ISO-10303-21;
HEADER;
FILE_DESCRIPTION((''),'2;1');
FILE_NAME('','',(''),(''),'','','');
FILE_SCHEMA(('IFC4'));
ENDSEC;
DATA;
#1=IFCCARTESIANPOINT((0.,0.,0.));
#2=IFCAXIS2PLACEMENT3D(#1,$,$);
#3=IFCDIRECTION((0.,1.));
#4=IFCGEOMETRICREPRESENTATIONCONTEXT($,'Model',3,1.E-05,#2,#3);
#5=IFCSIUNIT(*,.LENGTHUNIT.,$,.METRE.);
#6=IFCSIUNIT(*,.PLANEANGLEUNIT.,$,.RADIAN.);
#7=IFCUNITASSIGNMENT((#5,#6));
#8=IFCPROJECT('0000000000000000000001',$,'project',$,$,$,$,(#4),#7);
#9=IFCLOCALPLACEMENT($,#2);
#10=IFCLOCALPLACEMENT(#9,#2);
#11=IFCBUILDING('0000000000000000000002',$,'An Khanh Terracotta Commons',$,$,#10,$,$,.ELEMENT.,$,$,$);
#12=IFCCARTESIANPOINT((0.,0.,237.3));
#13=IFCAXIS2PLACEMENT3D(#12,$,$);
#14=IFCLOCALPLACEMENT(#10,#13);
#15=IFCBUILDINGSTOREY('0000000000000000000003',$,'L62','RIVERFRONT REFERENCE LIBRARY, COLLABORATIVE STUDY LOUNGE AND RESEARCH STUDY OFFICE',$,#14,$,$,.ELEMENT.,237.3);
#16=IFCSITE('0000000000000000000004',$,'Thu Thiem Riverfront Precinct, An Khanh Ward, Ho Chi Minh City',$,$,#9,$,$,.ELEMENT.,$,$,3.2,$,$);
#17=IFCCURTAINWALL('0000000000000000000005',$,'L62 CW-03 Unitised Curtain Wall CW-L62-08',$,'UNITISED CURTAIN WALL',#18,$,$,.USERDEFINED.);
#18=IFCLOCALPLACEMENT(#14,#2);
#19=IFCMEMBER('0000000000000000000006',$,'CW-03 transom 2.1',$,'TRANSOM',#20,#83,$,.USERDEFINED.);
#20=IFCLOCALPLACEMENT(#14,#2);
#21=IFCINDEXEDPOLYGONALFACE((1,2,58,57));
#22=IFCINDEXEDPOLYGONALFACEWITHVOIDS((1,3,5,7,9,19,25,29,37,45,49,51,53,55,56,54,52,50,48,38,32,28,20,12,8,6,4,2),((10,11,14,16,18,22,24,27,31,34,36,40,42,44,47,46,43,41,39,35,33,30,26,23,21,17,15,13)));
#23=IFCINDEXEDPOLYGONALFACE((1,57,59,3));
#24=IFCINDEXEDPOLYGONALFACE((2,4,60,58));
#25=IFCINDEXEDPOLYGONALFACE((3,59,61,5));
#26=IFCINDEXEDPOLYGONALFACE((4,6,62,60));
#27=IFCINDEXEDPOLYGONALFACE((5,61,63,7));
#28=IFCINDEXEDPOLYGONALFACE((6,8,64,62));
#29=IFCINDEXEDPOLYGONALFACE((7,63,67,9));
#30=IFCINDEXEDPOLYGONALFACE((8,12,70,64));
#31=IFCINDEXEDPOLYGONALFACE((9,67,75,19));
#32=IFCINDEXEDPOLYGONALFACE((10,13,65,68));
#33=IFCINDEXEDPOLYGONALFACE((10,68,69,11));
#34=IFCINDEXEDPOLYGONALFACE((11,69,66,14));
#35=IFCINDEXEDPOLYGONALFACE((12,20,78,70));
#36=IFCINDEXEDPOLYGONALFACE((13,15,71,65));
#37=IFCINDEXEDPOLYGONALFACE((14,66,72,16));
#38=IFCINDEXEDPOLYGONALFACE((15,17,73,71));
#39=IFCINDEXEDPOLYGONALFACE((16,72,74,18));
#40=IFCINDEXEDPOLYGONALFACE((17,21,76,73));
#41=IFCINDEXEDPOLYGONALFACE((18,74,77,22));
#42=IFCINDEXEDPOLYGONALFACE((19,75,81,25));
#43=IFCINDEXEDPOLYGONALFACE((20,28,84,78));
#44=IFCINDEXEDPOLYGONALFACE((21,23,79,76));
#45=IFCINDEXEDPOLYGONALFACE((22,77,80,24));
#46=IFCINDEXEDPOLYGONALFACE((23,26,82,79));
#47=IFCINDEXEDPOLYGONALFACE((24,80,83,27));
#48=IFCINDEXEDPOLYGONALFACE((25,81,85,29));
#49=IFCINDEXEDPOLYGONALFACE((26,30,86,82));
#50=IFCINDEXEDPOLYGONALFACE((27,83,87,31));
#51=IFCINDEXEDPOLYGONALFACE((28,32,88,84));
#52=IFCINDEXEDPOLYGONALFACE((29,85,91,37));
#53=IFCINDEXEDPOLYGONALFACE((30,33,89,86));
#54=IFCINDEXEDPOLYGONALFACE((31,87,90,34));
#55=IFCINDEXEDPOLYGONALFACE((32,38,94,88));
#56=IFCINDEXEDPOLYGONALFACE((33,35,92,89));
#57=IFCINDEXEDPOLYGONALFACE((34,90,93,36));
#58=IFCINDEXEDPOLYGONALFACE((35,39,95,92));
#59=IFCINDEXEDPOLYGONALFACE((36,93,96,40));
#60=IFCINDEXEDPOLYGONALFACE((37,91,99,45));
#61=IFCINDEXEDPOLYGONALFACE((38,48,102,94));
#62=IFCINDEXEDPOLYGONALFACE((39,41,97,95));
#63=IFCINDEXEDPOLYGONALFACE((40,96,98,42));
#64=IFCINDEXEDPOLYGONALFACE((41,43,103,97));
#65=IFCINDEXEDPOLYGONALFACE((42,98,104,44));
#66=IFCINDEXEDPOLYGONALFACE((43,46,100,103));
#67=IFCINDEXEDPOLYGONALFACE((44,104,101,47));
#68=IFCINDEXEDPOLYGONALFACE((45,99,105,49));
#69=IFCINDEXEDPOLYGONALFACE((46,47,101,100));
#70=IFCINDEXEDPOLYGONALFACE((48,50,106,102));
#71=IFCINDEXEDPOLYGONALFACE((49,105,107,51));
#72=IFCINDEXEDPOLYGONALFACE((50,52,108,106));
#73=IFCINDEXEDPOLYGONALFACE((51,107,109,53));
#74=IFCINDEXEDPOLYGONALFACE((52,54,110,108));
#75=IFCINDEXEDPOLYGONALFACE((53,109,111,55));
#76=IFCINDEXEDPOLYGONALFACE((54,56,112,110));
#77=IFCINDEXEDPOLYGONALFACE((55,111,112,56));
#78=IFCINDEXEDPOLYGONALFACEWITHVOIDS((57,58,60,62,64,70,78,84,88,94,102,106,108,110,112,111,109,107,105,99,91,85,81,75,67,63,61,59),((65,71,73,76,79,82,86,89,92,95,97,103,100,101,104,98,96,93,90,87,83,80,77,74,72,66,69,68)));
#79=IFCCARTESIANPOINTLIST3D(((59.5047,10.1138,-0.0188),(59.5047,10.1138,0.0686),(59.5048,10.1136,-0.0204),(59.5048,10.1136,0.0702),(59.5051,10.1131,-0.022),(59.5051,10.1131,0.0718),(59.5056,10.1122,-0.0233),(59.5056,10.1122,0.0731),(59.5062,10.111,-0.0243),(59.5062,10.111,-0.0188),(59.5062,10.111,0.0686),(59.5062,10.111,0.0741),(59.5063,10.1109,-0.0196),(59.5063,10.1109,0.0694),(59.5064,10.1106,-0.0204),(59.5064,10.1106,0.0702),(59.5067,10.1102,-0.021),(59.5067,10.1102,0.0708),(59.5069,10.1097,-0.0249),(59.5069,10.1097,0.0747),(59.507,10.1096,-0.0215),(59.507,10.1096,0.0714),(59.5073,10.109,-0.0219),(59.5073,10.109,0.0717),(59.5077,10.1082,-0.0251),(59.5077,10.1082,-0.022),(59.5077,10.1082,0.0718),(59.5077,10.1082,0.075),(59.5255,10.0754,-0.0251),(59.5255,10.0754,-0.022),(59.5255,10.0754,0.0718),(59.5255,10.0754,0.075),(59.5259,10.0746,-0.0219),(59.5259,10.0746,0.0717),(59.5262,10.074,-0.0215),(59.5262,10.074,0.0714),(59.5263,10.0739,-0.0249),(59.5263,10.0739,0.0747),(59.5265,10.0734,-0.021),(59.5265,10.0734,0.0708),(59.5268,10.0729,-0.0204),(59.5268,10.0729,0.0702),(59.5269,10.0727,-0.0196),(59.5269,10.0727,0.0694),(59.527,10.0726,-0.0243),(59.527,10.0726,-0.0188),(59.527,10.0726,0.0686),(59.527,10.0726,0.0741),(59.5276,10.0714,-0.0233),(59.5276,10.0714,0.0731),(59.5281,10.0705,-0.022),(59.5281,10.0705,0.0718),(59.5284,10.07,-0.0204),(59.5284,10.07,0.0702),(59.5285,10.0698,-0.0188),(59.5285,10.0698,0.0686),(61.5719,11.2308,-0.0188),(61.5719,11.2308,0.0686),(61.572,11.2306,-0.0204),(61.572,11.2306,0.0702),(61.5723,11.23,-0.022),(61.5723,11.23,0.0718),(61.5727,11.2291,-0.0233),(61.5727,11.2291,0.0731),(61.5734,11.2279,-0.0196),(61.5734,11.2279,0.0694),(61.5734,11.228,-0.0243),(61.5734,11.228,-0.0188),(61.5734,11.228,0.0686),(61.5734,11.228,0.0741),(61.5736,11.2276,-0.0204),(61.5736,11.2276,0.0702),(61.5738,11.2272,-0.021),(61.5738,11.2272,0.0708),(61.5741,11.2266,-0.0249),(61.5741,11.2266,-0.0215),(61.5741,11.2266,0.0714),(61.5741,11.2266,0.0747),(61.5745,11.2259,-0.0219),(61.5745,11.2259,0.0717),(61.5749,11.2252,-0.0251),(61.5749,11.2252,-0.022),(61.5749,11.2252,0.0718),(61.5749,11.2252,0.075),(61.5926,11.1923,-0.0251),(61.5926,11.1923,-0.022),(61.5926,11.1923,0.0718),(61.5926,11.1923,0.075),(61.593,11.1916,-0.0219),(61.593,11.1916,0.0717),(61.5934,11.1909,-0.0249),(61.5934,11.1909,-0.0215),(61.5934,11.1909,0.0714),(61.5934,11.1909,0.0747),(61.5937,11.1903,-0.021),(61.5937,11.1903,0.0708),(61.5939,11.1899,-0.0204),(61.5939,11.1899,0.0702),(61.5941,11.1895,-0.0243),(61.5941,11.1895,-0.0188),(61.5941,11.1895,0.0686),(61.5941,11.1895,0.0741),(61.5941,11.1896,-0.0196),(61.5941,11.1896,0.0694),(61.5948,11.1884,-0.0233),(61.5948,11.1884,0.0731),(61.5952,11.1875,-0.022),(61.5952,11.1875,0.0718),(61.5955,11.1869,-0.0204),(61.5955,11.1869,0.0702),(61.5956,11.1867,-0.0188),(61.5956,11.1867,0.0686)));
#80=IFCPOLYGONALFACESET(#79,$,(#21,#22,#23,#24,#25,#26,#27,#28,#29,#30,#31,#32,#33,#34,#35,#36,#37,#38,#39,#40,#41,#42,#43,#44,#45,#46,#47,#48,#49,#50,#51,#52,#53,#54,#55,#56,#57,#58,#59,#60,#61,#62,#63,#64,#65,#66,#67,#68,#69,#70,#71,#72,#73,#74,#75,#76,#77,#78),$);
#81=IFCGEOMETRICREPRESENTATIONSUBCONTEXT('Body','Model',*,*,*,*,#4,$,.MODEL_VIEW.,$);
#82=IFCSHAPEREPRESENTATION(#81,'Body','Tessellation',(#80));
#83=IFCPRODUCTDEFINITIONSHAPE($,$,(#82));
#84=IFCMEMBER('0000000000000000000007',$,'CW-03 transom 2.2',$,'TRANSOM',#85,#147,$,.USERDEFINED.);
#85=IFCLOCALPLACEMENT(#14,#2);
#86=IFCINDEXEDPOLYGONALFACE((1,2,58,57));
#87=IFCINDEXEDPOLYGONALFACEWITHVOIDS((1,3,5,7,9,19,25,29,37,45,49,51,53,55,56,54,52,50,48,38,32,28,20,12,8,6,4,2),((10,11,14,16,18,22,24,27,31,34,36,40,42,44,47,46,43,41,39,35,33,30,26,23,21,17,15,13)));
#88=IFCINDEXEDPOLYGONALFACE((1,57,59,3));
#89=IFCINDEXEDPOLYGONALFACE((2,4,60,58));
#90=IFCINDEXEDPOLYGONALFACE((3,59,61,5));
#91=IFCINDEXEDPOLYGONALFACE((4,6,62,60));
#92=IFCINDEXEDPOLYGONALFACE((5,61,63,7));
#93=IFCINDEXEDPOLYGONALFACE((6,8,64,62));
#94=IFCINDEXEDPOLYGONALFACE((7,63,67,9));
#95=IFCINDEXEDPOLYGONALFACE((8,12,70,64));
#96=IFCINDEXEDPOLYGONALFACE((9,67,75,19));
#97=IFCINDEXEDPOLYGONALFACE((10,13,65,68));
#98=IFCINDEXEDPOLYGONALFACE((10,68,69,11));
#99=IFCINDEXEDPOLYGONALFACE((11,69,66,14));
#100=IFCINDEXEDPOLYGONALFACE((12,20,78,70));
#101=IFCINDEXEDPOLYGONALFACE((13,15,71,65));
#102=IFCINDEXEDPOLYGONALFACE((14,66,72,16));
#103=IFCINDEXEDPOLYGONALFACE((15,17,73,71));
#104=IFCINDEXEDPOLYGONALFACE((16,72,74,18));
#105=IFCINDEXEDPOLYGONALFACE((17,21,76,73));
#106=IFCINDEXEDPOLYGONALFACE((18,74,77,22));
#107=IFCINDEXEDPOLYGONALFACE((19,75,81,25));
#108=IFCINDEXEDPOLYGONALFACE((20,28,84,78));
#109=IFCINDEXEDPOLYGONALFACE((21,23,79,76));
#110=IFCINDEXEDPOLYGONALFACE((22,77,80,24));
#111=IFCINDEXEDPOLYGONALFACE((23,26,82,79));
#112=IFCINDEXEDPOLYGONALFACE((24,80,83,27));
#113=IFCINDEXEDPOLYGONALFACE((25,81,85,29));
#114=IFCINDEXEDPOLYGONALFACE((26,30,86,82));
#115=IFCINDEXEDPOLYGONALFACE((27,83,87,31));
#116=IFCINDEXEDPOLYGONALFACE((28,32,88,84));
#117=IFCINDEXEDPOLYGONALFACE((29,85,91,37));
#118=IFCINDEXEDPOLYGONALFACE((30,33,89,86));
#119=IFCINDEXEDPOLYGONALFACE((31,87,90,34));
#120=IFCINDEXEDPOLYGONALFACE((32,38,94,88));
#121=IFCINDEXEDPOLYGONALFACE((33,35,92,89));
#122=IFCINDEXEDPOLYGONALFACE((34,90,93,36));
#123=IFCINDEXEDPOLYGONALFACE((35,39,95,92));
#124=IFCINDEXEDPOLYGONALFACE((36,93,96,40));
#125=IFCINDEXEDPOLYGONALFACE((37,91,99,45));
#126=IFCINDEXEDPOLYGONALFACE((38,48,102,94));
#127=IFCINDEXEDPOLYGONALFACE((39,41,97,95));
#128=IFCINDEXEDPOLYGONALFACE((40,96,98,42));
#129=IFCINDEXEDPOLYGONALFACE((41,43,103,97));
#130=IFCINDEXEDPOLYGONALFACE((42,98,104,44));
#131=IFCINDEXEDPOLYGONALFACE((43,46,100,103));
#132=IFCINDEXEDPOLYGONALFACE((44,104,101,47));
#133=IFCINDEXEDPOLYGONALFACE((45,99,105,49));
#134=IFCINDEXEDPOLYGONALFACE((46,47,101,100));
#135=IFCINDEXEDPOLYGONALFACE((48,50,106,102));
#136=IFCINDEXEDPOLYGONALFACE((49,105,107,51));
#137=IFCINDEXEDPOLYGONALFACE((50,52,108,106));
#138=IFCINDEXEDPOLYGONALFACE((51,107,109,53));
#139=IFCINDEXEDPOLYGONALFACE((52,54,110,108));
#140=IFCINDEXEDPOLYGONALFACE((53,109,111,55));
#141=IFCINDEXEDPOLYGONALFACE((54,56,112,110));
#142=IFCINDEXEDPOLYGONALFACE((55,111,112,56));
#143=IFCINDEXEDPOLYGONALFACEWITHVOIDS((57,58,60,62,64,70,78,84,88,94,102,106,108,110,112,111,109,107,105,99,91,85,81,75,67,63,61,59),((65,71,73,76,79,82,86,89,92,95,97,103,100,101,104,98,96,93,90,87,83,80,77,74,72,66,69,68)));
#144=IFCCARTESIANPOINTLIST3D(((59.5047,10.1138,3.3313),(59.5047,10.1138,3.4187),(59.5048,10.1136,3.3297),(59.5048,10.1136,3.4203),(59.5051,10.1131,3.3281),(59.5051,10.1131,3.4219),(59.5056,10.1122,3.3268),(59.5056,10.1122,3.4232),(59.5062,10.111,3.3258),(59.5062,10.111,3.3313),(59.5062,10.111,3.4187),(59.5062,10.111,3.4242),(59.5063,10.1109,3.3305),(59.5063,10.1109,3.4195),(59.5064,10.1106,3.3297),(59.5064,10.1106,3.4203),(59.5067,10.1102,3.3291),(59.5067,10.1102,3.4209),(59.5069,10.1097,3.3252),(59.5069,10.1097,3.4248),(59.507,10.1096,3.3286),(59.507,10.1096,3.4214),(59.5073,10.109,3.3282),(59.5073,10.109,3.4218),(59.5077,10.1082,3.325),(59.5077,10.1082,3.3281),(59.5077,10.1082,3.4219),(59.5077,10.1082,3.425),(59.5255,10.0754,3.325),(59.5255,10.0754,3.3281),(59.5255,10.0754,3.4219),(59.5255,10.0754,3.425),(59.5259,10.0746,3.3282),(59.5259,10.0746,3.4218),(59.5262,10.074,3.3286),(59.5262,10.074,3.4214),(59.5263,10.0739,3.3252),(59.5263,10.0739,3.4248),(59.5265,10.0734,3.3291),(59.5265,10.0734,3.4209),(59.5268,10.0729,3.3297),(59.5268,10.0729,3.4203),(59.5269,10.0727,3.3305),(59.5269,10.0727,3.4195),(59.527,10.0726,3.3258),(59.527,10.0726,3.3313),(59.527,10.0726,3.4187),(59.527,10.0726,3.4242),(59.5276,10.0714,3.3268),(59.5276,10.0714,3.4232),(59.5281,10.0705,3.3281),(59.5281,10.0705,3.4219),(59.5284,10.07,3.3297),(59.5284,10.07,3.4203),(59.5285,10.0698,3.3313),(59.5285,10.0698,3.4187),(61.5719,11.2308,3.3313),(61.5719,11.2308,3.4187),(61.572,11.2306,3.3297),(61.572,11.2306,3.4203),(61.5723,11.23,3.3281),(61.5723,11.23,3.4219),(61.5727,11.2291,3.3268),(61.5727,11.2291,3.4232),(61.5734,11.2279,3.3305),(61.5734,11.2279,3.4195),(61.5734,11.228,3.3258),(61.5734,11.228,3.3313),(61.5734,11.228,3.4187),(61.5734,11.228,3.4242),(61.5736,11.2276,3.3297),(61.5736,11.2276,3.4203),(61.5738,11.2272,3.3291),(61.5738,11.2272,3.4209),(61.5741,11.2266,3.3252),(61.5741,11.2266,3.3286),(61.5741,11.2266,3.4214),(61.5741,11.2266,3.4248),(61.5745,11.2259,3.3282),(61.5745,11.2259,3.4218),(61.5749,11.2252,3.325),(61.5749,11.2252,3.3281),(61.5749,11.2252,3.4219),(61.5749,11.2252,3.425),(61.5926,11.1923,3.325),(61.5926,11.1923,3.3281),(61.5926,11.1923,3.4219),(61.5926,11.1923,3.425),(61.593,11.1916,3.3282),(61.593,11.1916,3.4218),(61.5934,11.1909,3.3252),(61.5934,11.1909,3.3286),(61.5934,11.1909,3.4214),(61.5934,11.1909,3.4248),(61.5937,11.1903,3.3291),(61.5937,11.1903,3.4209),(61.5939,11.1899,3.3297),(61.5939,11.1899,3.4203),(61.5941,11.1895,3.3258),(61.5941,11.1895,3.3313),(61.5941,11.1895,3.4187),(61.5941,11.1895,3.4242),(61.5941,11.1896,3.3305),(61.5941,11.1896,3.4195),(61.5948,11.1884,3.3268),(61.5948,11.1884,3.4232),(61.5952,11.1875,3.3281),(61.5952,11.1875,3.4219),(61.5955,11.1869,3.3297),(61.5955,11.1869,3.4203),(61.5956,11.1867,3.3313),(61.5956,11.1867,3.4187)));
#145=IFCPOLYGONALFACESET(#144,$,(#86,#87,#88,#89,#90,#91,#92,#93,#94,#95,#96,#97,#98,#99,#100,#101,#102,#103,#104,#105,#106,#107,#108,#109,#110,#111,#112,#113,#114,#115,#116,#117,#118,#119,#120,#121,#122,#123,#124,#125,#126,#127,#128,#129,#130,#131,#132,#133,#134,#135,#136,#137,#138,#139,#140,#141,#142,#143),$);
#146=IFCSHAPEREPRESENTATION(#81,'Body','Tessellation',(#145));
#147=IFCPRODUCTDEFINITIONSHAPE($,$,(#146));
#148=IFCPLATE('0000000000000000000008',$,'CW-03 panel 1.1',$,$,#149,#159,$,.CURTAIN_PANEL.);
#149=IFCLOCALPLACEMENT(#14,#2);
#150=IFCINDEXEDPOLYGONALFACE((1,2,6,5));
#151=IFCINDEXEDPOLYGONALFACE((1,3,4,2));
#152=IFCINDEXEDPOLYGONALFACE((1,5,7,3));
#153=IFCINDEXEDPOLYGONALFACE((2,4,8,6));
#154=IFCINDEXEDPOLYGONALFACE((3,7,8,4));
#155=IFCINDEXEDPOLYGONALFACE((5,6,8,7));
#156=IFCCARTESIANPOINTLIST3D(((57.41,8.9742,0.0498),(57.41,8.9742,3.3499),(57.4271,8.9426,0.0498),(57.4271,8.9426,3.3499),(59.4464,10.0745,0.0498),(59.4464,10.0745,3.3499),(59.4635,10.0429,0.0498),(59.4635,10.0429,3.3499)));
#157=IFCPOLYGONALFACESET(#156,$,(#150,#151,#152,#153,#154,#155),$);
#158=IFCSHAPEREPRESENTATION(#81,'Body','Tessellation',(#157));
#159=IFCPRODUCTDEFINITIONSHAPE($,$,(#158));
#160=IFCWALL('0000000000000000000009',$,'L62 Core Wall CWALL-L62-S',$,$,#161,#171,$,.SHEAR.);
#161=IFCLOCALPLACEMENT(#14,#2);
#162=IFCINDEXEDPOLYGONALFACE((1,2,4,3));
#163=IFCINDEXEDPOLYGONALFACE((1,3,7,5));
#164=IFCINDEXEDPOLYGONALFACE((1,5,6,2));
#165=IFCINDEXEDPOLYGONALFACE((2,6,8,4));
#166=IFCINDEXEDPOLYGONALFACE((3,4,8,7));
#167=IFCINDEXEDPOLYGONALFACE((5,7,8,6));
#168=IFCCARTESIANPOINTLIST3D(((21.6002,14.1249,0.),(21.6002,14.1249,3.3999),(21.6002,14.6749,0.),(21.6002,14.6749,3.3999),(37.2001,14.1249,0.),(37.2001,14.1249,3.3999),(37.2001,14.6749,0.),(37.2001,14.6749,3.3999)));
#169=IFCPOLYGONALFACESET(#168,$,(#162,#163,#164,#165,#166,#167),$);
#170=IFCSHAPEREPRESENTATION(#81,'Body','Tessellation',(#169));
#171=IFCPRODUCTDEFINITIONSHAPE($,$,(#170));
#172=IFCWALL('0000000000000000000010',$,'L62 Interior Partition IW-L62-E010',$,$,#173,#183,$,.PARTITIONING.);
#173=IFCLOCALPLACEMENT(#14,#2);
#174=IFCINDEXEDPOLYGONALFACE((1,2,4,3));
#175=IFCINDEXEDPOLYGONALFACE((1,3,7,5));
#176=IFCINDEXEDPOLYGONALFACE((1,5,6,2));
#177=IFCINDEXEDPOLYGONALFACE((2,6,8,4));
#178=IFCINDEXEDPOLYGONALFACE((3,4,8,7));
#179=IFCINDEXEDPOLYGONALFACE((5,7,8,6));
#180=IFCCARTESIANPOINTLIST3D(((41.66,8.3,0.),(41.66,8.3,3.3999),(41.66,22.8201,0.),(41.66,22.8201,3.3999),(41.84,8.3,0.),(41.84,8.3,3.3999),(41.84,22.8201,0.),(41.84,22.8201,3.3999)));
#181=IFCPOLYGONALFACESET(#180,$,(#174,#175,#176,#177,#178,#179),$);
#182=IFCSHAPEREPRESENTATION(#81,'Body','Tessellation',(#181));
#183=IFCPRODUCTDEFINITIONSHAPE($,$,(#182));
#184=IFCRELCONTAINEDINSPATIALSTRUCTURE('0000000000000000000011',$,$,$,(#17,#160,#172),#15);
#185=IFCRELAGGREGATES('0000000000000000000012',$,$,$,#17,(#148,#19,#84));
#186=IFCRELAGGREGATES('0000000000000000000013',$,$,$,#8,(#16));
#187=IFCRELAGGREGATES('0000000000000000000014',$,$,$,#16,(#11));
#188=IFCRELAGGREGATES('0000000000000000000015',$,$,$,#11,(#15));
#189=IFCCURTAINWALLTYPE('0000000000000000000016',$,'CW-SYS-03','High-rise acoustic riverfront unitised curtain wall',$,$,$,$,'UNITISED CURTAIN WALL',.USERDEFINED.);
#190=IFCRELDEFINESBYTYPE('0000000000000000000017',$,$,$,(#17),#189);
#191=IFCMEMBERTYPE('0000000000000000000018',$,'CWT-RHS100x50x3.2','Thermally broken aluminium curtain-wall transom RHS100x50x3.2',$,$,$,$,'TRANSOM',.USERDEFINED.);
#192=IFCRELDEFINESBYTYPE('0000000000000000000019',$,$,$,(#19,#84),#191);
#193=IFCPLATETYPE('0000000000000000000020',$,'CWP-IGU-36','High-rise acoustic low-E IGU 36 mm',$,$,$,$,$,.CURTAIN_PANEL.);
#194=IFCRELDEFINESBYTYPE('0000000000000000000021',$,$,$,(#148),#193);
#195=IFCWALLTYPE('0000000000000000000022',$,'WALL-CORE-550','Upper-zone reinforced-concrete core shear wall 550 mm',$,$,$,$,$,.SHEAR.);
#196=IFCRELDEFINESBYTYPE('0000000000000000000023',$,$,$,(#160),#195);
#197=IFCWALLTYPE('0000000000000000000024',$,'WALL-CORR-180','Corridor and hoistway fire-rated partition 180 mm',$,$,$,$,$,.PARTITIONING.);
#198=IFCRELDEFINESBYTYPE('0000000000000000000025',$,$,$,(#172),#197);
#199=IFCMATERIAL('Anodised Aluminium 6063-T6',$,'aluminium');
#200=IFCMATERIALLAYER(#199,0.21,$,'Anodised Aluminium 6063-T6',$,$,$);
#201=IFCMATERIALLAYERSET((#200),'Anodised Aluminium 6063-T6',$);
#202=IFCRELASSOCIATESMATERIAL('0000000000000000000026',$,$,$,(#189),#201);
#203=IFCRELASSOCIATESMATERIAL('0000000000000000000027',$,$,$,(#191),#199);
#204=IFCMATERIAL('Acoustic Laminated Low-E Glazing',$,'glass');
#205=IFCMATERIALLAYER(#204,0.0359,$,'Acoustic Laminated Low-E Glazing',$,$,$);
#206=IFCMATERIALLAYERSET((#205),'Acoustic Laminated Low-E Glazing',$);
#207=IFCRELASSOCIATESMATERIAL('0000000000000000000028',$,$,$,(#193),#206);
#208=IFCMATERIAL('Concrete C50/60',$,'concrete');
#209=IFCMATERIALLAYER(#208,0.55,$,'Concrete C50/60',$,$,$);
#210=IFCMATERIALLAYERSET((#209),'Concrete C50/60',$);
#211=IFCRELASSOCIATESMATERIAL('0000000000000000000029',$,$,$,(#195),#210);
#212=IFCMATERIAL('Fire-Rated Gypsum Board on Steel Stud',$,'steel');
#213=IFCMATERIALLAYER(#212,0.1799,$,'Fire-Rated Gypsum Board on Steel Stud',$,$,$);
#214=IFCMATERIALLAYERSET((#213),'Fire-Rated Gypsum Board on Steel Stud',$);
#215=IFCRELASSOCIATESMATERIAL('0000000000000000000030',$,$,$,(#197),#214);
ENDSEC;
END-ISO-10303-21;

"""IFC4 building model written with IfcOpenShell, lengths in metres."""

from ifc_helpers import new_model, si_unit, direction, frame, frame_2d, origin, origin_2d, place, context, subcontext, project, spatial, rectangle, hollow_rectangle, extrude, material, layer, layer_set, material_profile, profile_set, type_object, element, aggregate, save


model = new_model("IFC4")

# Units and contexts
model_context = context("Model", 3, precision=1e-05, world=origin(), true_north=direction((0.0, 1.0)))
body_context = subcontext(model_context, "Body", "Model", "MODEL_VIEW")
ifc_project = project(units=[si_unit("LENGTHUNIT", "METRE"), si_unit("PLANEANGLEUNIT", "RADIAN")], contexts=[model_context])

# Site, building, storey
site_placement = place(None, origin())
site = spatial("IfcSite", under=ifc_project, at=site_placement, Name="Thu Thiem Riverfront Precinct, An Khanh Ward, Ho Chi Minh City", CompositionType="ELEMENT", RefElevation=3.2)
building_placement = place(site_placement, origin())
building = spatial("IfcBuilding", under=site, at=building_placement, Name="An Khanh Terracotta Commons", CompositionType="ELEMENT")
storey_placement = place(building_placement, frame((0.0, 0.0, 237.3)))
storey = spatial("IfcBuildingStorey", under=building, at=storey_placement, Name="L62", Description="RIVERFRONT REFERENCE LIBRARY, COLLABORATIVE STUDY LOUNGE AND RESEARCH STUDY OFFICE", CompositionType="ELEMENT", Elevation=237.3)

# Curtain wall, members, plate
ifc_material_1 = material(Name="Anodised Aluminium 6063-T6", Category="aluminium")
ifc_layer_1 = layer(ifc_material_1, 0.21, Name="Anodised Aluminium 6063-T6")
ifc_layer_set_1 = layer_set([ifc_layer_1], Name="Anodised Aluminium 6063-T6")
curtain_wall_type = type_object("IfcCurtainWallType", Name="CW-SYS-03", Description="High-rise acoustic riverfront unitised curtain wall", ElementType="UNITISED CURTAIN WALL", PredefinedType="USERDEFINED", material=ifc_layer_set_1)
curtain_wall_placement = place(storey_placement, origin())
curtain_wall = element("IfcCurtainWall", 1, at=curtain_wall_placement, inside=storey, type_object=curtain_wall_type, Name="L62 CW-03 Unitised Curtain Wall CW-L62-08", ObjectType="UNITISED CURTAIN WALL", PredefinedType="USERDEFINED")
ifc_material_profile_1 = material_profile(ifc_material_1, hollow_rectangle(XDim=0.05, YDim=0.1001, WallThickness=0.0032, InnerFilletRadius=0.0032, OuterFilletRadius=0.0063, at=origin_2d()), Name="RHS100x50x3.2")
ifc_profile_set_1 = profile_set([ifc_material_profile_1], Name="Anodised Aluminium 6063-T6")
member_type_1 = type_object("IfcMemberType", Name="CWT-RHS100x50x3.2", Description="Thermally broken aluminium curtain-wall transom RHS100x50x3.2", ElementType="TRANSOM", PredefinedType="USERDEFINED", material=ifc_profile_set_1)
member_1_placement = place(storey_placement, frame((59.5166, 10.0918, 0.0249), z_axis=(0.879783, 0.475376, 0.0), x_axis=(-0.475376, 0.879783, 0.0)))
member_1 = element("IfcMember", 2, at=member_1_placement, type_object=member_type_1, Name="CW-03 transom 2.1", ObjectType="TRANSOM", PredefinedType="USERDEFINED", context=body_context, shape_type="SweptSolid", body=[
    extrude(hollow_rectangle(XDim=0.05, YDim=0.1001, WallThickness=0.0032, InnerFilletRadius=0.0032, OuterFilletRadius=0.0063, at=origin_2d()), origin(), (0.0, 0.0, 1.0), 2.3496),
])
member_2_placement = place(storey_placement, frame((59.5166, 10.0918, 3.375), z_axis=(0.879783, 0.475376, 0.0), x_axis=(-0.475376, 0.879783, 0.0)))
member_2 = element("IfcMember", 3, at=member_2_placement, type_object=member_type_1, Name="CW-03 transom 2.2", ObjectType="TRANSOM", PredefinedType="USERDEFINED", context=body_context, shape_type="SweptSolid", body=[
    extrude(hollow_rectangle(XDim=0.05, YDim=0.1001, WallThickness=0.0032, InnerFilletRadius=0.0032, OuterFilletRadius=0.0063, at=origin_2d()), origin(), (0.0, 0.0, 1.0), 2.3496),
])
ifc_material_2 = material(Name="Acoustic Laminated Low-E Glazing", Category="glass")
ifc_layer_2 = layer(ifc_material_2, 0.0359, Name="Acoustic Laminated Low-E Glazing")
ifc_layer_set_2 = layer_set([ifc_layer_2], Name="Acoustic Laminated Low-E Glazing")
plate_type = type_object("IfcPlateType", Name="CWP-IGU-36", Description="High-rise acoustic low-E IGU 36 mm", PredefinedType="CURTAIN_PANEL", material=ifc_layer_set_2)
plate_placement = place(storey_placement, frame((58.4368, 9.5085, 0.0498), z_axis=(0.0, 0.0, 1.0), x_axis=(0.87978, 0.475381, 0.0)))
plate = element("IfcPlate", 4, at=plate_placement, type_object=plate_type, Name="CW-03 panel 1.1", PredefinedType="CURTAIN_PANEL", context=body_context, shape_type="SweptSolid", body=[
    extrude(rectangle(XDim=2.3147, YDim=0.0359, at=origin_2d()), origin(), (0.0, 0.0, 1.0), 3.3),
])
aggregate(curtain_wall, [plate, member_1, member_2])

# Wall
ifc_material_3 = material(Name="Concrete C50/60", Category="concrete")
ifc_layer_3 = layer(ifc_material_3, 0.55, Name="Concrete C50/60")
ifc_layer_set_3 = layer_set([ifc_layer_3], Name="Concrete C50/60")
wall_type_1 = type_object("IfcWallType", Name="WALL-CORE-550", Description="Upper-zone reinforced-concrete core shear wall 550 mm", PredefinedType="SHEAR", material=ifc_layer_set_3)
wall_1_placement = place(storey_placement, frame((37.2, 14.3999, 0.0), z_axis=(0.0, 0.0, 1.0), x_axis=(-1.0, 0.0, 0.0)))
element("IfcWall", 5, at=wall_1_placement, inside=storey, type_object=wall_type_1, Name="L62 Core Wall CWALL-L62-S", PredefinedType="SHEAR", context=body_context, shape_type="SweptSolid", body=[
    extrude(rectangle(XDim=15.5999, YDim=0.55, at=frame_2d((7.7998, 0.0))), origin(), (0.0, 0.0, 1.0), 3.3999),
])

# Wall
ifc_material_4 = material(Name="Fire-Rated Gypsum Board on Steel Stud", Category="steel")
ifc_layer_4 = layer(ifc_material_4, 0.1799, Name="Fire-Rated Gypsum Board on Steel Stud")
ifc_layer_set_4 = layer_set([ifc_layer_4], Name="Fire-Rated Gypsum Board on Steel Stud")
wall_type_2 = type_object("IfcWallType", Name="WALL-CORR-180", Description="Corridor and hoistway fire-rated partition 180 mm", PredefinedType="PARTITIONING", material=ifc_layer_set_4)
wall_2_placement = place(storey_placement, frame((41.75, 8.3, 0.0), z_axis=(0.0, 0.0, 1.0), x_axis=(0.0, 1.0, 0.0)))
element("IfcWall", 6, at=wall_2_placement, inside=storey, type_object=wall_type_2, Name="L62 Interior Partition IW-L62-E010", PredefinedType="PARTITIONING", context=body_context, shape_type="SweptSolid", body=[
    extrude(rectangle(XDim=14.52, YDim=0.1799, at=frame_2d((7.26, 0.0))), origin(), (0.0, 0.0, 1.0), 3.3999),
])

save(model, "model.ifc")
